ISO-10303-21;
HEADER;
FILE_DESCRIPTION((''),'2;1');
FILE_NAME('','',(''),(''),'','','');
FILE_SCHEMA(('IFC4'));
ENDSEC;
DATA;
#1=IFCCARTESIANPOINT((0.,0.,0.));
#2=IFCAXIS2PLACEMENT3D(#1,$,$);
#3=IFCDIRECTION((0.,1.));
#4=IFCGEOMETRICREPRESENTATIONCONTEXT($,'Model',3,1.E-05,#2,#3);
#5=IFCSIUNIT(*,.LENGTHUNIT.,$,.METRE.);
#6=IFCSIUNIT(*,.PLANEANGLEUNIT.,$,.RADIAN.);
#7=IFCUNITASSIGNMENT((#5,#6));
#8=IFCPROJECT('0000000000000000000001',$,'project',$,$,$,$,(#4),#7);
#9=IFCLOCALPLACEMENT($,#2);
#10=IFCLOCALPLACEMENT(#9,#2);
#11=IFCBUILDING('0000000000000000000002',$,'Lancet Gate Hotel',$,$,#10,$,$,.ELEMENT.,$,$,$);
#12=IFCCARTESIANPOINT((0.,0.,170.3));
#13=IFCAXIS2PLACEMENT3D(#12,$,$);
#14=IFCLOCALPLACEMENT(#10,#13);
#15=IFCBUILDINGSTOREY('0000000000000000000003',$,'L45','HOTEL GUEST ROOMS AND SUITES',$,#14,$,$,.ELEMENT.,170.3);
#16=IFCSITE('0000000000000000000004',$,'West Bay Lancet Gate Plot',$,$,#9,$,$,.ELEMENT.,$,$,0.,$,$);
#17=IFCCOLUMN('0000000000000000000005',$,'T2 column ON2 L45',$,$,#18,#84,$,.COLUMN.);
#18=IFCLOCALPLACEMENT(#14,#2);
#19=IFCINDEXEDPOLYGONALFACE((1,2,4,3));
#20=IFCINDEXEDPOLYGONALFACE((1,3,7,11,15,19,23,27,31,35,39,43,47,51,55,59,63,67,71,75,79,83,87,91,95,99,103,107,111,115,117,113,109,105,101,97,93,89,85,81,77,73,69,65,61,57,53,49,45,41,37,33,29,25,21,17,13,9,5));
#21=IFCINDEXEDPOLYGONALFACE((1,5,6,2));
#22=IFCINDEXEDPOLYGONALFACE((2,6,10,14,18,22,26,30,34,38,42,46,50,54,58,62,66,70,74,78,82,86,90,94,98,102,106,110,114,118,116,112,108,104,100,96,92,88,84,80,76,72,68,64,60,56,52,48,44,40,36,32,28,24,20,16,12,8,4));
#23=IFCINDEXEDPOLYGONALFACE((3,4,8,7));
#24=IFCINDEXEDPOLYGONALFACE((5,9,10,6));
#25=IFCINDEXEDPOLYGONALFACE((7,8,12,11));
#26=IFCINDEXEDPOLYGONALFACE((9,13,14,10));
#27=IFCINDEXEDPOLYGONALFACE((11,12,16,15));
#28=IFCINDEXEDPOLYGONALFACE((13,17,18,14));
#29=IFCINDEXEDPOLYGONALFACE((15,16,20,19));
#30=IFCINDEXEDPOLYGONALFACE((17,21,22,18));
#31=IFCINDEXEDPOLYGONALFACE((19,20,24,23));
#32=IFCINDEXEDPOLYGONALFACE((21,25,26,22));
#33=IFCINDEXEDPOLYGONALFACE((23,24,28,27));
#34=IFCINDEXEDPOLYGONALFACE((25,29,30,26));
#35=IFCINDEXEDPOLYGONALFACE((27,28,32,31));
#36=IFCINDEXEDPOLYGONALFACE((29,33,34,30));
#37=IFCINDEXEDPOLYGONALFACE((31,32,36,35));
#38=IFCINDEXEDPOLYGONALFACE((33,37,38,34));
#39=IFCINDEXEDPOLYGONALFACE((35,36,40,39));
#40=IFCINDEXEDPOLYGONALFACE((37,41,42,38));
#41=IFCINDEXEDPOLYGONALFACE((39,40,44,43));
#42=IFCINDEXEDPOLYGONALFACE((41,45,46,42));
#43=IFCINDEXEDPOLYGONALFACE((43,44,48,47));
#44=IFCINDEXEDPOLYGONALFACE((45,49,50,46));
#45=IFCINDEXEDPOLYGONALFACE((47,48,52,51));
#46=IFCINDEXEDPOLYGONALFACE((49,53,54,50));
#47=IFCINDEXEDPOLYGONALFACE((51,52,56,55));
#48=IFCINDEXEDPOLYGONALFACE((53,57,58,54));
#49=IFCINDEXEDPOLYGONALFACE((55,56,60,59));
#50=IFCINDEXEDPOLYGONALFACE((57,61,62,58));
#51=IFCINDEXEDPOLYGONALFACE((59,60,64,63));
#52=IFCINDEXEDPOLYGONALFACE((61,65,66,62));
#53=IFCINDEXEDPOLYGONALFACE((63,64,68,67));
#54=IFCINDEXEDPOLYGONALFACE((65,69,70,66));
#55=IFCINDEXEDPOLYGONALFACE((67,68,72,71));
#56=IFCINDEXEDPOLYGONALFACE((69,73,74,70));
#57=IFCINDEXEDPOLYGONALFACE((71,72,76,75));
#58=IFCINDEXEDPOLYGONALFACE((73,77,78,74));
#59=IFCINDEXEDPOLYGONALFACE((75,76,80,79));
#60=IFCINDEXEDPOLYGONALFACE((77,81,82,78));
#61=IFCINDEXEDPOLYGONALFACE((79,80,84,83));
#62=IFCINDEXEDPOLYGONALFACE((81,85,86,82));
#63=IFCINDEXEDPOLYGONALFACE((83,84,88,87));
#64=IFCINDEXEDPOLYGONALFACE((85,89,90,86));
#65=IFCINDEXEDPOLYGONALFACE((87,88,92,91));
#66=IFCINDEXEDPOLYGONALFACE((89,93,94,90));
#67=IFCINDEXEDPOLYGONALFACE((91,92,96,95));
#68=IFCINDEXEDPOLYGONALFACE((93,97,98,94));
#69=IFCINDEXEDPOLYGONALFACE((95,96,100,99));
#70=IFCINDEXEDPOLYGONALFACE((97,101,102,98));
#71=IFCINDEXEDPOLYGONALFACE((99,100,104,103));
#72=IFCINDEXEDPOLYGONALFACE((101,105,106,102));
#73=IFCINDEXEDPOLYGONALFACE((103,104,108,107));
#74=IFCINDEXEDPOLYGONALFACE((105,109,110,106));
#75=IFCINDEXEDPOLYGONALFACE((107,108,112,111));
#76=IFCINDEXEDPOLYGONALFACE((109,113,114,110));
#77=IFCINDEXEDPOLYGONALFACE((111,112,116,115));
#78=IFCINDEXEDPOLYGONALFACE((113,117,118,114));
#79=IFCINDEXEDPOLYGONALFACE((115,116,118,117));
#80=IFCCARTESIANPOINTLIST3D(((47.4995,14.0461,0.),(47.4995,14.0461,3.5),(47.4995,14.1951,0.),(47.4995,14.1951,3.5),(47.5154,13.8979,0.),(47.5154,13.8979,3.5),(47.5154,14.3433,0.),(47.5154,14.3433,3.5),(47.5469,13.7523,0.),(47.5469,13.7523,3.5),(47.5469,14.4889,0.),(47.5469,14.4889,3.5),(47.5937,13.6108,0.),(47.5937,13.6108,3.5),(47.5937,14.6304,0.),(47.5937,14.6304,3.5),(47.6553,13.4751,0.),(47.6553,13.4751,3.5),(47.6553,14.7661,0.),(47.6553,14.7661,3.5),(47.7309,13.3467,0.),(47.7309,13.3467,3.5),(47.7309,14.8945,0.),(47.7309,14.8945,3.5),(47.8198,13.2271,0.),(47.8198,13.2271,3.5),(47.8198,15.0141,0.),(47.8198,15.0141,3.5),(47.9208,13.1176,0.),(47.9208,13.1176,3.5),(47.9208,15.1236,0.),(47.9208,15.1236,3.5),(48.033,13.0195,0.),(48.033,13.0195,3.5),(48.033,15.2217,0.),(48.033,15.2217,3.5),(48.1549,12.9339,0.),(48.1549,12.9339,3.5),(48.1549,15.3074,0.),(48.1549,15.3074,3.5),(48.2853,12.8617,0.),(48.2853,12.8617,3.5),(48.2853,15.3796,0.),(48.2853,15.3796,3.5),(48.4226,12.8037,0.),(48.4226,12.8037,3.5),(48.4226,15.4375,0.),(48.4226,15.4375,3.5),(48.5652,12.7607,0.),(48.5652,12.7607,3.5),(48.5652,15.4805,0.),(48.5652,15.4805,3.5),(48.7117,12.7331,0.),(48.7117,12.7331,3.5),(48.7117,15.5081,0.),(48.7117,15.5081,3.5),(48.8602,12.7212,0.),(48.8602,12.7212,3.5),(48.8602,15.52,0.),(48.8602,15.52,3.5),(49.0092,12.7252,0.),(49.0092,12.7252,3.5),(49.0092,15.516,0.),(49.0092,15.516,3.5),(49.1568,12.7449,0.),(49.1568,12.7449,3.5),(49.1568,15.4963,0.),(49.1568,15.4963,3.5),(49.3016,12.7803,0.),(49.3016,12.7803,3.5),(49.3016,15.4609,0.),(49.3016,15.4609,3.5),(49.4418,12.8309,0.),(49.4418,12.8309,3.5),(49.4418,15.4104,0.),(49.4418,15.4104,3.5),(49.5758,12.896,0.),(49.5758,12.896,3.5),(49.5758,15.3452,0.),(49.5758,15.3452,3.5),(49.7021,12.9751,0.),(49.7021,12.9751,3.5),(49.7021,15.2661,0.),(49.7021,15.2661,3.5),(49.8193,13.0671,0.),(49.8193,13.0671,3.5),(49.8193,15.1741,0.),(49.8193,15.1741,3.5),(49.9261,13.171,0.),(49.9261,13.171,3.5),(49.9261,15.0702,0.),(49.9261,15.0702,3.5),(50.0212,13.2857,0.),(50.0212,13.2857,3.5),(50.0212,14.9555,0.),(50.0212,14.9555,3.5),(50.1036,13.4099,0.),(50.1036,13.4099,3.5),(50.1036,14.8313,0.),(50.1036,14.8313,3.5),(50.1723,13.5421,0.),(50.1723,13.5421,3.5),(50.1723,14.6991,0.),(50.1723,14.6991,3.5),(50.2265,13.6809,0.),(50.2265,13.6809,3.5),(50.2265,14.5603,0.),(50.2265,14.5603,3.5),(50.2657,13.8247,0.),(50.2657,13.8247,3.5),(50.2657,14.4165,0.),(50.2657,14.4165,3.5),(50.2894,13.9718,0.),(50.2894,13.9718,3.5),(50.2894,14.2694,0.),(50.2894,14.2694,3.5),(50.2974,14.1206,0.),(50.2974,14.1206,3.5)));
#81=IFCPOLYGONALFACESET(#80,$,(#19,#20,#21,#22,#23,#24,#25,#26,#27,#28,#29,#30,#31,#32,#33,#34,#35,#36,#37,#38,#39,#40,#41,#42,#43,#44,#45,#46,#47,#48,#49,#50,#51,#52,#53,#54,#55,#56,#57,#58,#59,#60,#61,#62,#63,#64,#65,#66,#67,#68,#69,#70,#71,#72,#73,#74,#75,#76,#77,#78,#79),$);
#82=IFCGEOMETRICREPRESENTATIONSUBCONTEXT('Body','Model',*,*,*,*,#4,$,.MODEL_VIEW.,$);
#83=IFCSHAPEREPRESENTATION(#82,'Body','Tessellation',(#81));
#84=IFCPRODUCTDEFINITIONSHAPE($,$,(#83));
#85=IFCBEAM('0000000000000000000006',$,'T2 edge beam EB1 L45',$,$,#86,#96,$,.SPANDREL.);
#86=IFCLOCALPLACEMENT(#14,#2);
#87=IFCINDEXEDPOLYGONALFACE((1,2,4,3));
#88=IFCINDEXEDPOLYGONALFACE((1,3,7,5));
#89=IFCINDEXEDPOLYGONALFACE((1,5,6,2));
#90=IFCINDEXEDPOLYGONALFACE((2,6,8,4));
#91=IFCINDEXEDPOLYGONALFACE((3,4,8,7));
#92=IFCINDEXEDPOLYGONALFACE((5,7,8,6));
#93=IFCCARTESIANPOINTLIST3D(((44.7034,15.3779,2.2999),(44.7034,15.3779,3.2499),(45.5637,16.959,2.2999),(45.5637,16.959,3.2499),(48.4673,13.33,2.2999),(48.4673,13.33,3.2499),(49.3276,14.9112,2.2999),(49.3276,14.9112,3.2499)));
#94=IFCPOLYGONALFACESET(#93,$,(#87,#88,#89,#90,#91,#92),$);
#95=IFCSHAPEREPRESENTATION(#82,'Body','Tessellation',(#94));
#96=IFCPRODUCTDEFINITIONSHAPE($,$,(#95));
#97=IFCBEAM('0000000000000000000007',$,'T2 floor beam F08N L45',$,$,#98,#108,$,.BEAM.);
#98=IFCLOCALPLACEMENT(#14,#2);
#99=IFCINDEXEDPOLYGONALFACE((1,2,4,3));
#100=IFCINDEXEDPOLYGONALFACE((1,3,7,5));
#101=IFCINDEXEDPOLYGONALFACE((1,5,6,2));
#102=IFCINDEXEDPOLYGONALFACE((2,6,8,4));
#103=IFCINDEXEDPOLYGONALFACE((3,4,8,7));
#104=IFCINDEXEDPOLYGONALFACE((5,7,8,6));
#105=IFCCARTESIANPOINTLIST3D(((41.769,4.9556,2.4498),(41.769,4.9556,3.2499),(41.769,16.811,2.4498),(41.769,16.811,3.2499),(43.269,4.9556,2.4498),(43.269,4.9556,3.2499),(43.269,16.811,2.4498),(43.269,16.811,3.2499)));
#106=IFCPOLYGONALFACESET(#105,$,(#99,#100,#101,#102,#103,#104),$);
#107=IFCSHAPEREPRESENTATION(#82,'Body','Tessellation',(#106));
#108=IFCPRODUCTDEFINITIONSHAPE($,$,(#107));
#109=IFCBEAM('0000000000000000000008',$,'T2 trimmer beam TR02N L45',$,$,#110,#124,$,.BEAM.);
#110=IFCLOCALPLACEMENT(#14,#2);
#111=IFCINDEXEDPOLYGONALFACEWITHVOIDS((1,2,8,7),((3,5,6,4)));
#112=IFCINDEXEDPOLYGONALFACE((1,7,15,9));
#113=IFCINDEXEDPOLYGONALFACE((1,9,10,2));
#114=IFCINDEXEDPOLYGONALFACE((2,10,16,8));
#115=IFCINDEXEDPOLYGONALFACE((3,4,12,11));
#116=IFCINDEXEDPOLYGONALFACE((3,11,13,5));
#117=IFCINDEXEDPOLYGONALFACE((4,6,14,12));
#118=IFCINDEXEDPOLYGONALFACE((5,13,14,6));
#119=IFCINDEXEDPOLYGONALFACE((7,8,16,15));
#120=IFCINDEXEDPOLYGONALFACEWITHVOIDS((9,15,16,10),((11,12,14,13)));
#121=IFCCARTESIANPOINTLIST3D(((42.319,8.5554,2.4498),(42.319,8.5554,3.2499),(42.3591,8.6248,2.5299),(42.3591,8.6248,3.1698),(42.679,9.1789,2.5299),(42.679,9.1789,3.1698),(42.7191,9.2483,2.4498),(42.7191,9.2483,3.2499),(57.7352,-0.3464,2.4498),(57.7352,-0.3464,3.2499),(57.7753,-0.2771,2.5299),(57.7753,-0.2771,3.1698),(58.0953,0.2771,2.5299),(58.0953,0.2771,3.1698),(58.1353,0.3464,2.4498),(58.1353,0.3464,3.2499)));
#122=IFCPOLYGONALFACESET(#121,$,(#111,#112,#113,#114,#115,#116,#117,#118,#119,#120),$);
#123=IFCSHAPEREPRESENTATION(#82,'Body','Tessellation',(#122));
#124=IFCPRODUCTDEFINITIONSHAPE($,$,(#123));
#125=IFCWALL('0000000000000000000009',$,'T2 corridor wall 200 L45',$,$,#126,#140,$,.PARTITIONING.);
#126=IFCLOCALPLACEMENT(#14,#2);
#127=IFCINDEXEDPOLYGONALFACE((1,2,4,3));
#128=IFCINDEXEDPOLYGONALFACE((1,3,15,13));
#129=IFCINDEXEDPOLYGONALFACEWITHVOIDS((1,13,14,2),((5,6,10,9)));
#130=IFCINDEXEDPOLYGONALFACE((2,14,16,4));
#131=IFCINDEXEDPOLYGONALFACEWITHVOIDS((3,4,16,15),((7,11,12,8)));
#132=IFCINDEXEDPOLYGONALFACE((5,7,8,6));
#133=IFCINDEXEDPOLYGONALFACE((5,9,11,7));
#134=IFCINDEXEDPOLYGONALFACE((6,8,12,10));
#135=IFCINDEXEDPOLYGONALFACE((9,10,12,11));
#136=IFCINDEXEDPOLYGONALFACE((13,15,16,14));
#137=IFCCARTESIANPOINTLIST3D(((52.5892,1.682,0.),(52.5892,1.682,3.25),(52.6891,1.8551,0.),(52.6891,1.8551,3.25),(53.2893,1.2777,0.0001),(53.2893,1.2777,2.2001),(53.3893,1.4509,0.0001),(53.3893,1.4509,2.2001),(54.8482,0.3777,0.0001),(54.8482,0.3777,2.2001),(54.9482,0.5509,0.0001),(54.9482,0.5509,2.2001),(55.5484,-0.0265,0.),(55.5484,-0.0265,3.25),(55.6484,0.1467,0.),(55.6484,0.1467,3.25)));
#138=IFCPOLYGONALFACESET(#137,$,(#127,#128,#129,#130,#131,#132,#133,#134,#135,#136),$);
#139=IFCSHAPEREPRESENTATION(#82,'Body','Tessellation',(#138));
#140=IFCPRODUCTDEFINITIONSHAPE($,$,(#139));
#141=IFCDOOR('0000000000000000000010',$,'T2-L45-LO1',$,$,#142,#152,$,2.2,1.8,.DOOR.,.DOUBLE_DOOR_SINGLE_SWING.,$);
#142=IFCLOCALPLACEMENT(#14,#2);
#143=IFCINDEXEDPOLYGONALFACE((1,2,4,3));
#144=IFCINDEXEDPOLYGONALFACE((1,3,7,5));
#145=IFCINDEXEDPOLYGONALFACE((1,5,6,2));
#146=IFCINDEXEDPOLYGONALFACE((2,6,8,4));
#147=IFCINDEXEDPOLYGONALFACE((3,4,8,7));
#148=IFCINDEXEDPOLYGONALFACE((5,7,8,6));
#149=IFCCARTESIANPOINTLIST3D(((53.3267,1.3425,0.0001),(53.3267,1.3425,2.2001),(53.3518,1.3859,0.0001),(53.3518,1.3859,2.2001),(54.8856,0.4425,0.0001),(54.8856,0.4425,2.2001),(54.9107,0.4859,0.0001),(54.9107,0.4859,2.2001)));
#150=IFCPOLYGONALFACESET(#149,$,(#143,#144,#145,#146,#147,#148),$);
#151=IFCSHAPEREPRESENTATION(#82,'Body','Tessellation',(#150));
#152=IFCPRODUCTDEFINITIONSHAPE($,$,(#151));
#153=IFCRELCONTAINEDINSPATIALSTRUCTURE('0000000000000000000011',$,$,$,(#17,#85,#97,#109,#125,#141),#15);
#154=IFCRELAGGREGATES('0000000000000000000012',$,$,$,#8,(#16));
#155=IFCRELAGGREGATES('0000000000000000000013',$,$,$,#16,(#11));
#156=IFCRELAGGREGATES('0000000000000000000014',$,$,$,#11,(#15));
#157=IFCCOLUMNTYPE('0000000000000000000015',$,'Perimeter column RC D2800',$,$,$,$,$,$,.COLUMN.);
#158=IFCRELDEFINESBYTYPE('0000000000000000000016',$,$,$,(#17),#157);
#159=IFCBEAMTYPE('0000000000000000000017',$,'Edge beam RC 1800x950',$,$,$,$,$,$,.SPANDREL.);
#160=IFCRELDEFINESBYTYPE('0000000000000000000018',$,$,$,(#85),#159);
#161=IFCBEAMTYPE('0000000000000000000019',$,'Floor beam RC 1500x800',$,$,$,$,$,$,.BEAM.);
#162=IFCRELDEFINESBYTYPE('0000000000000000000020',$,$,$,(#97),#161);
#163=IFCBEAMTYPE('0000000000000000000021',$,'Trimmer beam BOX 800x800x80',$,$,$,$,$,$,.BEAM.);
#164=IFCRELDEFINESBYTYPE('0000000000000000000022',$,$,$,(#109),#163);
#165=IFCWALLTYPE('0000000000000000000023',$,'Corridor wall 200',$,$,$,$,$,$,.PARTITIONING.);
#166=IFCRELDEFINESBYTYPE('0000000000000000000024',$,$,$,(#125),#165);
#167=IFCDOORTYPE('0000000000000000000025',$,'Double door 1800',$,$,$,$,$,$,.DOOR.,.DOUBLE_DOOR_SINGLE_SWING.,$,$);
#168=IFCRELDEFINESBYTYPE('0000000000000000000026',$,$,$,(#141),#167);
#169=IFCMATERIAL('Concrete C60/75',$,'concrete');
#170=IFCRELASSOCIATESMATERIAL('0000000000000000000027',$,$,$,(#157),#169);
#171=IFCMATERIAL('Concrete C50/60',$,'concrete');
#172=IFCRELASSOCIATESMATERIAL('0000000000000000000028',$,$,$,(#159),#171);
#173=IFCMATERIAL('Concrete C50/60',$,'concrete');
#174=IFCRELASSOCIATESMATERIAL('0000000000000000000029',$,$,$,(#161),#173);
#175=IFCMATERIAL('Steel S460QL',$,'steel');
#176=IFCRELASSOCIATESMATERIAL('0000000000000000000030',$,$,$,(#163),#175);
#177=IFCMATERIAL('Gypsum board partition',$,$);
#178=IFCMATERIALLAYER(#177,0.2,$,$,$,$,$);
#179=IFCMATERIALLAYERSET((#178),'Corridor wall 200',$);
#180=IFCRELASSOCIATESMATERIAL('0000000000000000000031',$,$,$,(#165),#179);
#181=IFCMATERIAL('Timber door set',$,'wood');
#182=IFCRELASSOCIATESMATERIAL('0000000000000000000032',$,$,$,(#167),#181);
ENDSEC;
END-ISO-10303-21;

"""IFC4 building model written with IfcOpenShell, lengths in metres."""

from ifc_helpers import new_model, si_unit, direction, frame, frame_2d, origin, origin_2d, place, context, subcontext, project, spatial, rectangle, hollow_rectangle, circle, extrude, material, layer, layer_set, material_profile, profile_set, type_object, element, fill, save


model = new_model("IFC4")

# Units and contexts
model_context = context("Model", 3, precision=1e-05, world=origin(), true_north=direction((0.0, 1.0)))
body_context = subcontext(model_context, "Body", "Model", "MODEL_VIEW")
ifc_project = project(units=[si_unit("LENGTHUNIT", "METRE"), si_unit("PLANEANGLEUNIT", "RADIAN")], contexts=[model_context])

# Site, building, storey
site_placement = place(None, origin())
site = spatial("IfcSite", under=ifc_project, at=site_placement, Name="West Bay Lancet Gate Plot", CompositionType="ELEMENT", RefElevation=0.0)
building_placement = place(site_placement, origin())
building = spatial("IfcBuilding", under=site, at=building_placement, Name="Lancet Gate Hotel", CompositionType="ELEMENT")
storey_placement = place(building_placement, frame((0.0, 0.0, 170.3)))
storey = spatial("IfcBuildingStorey", under=building, at=storey_placement, Name="L45", Description="HOTEL GUEST ROOMS AND SUITES", CompositionType="ELEMENT", Elevation=170.3)

# Column
ifc_material_1 = material(Name="Concrete C60/75", Category="concrete")
ifc_material_profile_1 = material_profile(ifc_material_1, circle(Radius=1.3999, at=origin_2d()), Name="RC D2800")
ifc_profile_set_1 = profile_set([ifc_material_profile_1], Name="Concrete C60/75")
column_type = type_object("IfcColumnType", Name="Perimeter column RC D2800", PredefinedType="COLUMN", material=ifc_profile_set_1)
column_placement = place(storey_placement, frame((48.8975, 14.1206, 0.0), z_axis=(0.0, 0.0, 1.0), x_axis=(1.0, 0.0, 0.0)))
element("IfcColumn", 1, at=column_placement, inside=storey, type_object=column_type, Name="T2 column ON2 L45", PredefinedType="COLUMN", context=body_context, shape_type="SweptSolid", body=[
    extrude(circle(Radius=1.3999, at=origin_2d()), origin(), (0.0, 0.0, 1.0), 3.5),
])

# Beams
ifc_material_2 = material(Name="Concrete C50/60", Category="concrete")
ifc_material_profile_2 = material_profile(ifc_material_2, rectangle(XDim=1.8, YDim=0.95, at=origin_2d()), Name="RC 1800x950")
ifc_profile_set_2 = profile_set([ifc_material_profile_2], Name="Concrete C50/60")
beam_type_1 = type_object("IfcBeamType", Name="Edge beam RC 1800x950", PredefinedType="SPANDREL", material=ifc_profile_set_2)
beam_1_placement = place(storey_placement, frame((48.8975, 14.1206, 2.7749), z_axis=(-0.878405, 0.477918, 0.0), x_axis=(-0.477918, -0.878405, 0.0)))
element("IfcBeam", 2, at=beam_1_placement, inside=storey, type_object=beam_type_1, Name="T2 edge beam EB1 L45", PredefinedType="SPANDREL", context=body_context, shape_type="SweptSolid", body=[
    extrude(rectangle(XDim=1.8, YDim=0.95, at=origin_2d()), origin(), (0.0, 0.0, 1.0), 4.2849),
])
ifc_material_3 = material(Name="Concrete C50/60", Category="concrete")
ifc_material_profile_3 = material_profile(ifc_material_3, rectangle(XDim=1.5, YDim=0.8, at=origin_2d()), Name="RC 1500x800")
ifc_profile_set_3 = profile_set([ifc_material_profile_3], Name="Concrete C50/60")
beam_type_2 = type_object("IfcBeamType", Name="Floor beam RC 1500x800", PredefinedType="BEAM", material=ifc_profile_set_3)
beam_2_placement = place(storey_placement, frame((42.519, 4.9556, 2.8499), z_axis=(0.0, 1.0, 0.0), x_axis=(-1.0, 0.0, 0.0)))
element("IfcBeam", 3, at=beam_2_placement, inside=storey, type_object=beam_type_2, Name="T2 floor beam F08N L45", PredefinedType="BEAM", context=body_context, shape_type="SweptSolid", body=[
    extrude(rectangle(XDim=1.5, YDim=0.8, at=origin_2d()), origin(), (0.0, 0.0, 1.0), 11.8555),
])
ifc_material_4 = material(Name="Steel S460QL", Category="steel")
ifc_material_profile_4 = material_profile(ifc_material_4, hollow_rectangle(XDim=0.8, YDim=0.8, WallThickness=0.0801, at=origin_2d()), Name="BOX 800x800x80")
ifc_profile_set_4 = profile_set([ifc_material_profile_4], Name="Steel S460QL")
beam_type_3 = type_object("IfcBeamType", Name="Trimmer beam BOX 800x800x80", PredefinedType="BEAM", material=ifc_profile_set_4)
beam_3_placement = place(storey_placement, frame((42.519, 8.9019, 2.8499), z_axis=(0.865994, -0.500054, 0.0), x_axis=(0.500054, 0.865994, 0.0)))
element("IfcBeam", 4, at=beam_3_placement, inside=storey, type_object=beam_type_3, Name="T2 trimmer beam TR02N L45", PredefinedType="BEAM", context=body_context, shape_type="SweptSolid", body=[
    extrude(hollow_rectangle(XDim=0.8, YDim=0.8, WallThickness=0.0801, at=origin_2d()), origin(), (0.0, 0.0, 1.0), 17.8018),
])

# Wall, opening, door
ifc_material_5 = material(Name="Gypsum board partition")
ifc_layer_1 = layer(ifc_material_5, 0.2)
ifc_layer_set_1 = layer_set([ifc_layer_1], Name="Corridor wall 200")
wall_type_1 = type_object("IfcWallType", Name="Corridor wall 200", PredefinedType="PARTITIONING", material=ifc_layer_set_1)
wall_1_placement = place(storey_placement, frame((52.6392, 1.7686, 0.0), z_axis=(0.0, 0.0, 1.0), x_axis=(0.866027, -0.499997, 0.0)))
wall_1 = element("IfcWall", 5, at=wall_1_placement, inside=storey, type_object=wall_type_1, Name="T2 corridor wall 200 L45", PredefinedType="PARTITIONING", context=body_context, shape_type="SweptSolid", body=[
    extrude(rectangle(XDim=3.417, YDim=0.2, at=frame_2d((1.7085, 0.0))), origin(), (0.0, 0.0, 1.0), 3.25),
])
opening_1_placement = place(wall_1_placement, frame((0.8086, 0.0, 0.0)))
opening_1 = element("IfcOpeningElement", 6, at=opening_1_placement, cuts=wall_1, PredefinedType="OPENING", context=body_context, shape_type="SweptSolid", body=[
    extrude(rectangle(XDim=1.8, YDim=2.2, at=frame_2d((0.8999, 1.1001))), frame((0.0, 0.1099, 0.0), z_axis=(0.0, -1.0, 0.0), x_axis=(1.0, 0.0, 0.0)), (0.0, 0.0, 1.0), 0.22),
])
ifc_material_6 = material(Name="Timber door set", Category="wood")
door_type_1 = type_object("IfcDoorType", Name="Double door 1800", OperationType="DOUBLE_DOOR_SINGLE_SWING", PredefinedType="DOOR", material=ifc_material_6)
door_1_placement = place(opening_1_placement, origin())
door_1 = element("IfcDoor", 7, at=door_1_placement, inside=storey, type_object=door_type_1, Name="T2-L45-LO1", OperationType="DOUBLE_DOOR_SINGLE_SWING", OverallHeight=2.2, OverallWidth=1.8, PredefinedType="DOOR", context=body_context, shape_type="SweptSolid", body=[
    extrude(rectangle(XDim=1.8, YDim=2.2, at=frame_2d((0.8999, 1.1001))), frame((0.0, 0.0249, 0.0), z_axis=(0.0, -1.0, 0.0), x_axis=(1.0, 0.0, 0.0)), (0.0, 0.0, 1.0), 0.05),
])
fill(opening_1, door_1)

save(model, "model.ifc")
